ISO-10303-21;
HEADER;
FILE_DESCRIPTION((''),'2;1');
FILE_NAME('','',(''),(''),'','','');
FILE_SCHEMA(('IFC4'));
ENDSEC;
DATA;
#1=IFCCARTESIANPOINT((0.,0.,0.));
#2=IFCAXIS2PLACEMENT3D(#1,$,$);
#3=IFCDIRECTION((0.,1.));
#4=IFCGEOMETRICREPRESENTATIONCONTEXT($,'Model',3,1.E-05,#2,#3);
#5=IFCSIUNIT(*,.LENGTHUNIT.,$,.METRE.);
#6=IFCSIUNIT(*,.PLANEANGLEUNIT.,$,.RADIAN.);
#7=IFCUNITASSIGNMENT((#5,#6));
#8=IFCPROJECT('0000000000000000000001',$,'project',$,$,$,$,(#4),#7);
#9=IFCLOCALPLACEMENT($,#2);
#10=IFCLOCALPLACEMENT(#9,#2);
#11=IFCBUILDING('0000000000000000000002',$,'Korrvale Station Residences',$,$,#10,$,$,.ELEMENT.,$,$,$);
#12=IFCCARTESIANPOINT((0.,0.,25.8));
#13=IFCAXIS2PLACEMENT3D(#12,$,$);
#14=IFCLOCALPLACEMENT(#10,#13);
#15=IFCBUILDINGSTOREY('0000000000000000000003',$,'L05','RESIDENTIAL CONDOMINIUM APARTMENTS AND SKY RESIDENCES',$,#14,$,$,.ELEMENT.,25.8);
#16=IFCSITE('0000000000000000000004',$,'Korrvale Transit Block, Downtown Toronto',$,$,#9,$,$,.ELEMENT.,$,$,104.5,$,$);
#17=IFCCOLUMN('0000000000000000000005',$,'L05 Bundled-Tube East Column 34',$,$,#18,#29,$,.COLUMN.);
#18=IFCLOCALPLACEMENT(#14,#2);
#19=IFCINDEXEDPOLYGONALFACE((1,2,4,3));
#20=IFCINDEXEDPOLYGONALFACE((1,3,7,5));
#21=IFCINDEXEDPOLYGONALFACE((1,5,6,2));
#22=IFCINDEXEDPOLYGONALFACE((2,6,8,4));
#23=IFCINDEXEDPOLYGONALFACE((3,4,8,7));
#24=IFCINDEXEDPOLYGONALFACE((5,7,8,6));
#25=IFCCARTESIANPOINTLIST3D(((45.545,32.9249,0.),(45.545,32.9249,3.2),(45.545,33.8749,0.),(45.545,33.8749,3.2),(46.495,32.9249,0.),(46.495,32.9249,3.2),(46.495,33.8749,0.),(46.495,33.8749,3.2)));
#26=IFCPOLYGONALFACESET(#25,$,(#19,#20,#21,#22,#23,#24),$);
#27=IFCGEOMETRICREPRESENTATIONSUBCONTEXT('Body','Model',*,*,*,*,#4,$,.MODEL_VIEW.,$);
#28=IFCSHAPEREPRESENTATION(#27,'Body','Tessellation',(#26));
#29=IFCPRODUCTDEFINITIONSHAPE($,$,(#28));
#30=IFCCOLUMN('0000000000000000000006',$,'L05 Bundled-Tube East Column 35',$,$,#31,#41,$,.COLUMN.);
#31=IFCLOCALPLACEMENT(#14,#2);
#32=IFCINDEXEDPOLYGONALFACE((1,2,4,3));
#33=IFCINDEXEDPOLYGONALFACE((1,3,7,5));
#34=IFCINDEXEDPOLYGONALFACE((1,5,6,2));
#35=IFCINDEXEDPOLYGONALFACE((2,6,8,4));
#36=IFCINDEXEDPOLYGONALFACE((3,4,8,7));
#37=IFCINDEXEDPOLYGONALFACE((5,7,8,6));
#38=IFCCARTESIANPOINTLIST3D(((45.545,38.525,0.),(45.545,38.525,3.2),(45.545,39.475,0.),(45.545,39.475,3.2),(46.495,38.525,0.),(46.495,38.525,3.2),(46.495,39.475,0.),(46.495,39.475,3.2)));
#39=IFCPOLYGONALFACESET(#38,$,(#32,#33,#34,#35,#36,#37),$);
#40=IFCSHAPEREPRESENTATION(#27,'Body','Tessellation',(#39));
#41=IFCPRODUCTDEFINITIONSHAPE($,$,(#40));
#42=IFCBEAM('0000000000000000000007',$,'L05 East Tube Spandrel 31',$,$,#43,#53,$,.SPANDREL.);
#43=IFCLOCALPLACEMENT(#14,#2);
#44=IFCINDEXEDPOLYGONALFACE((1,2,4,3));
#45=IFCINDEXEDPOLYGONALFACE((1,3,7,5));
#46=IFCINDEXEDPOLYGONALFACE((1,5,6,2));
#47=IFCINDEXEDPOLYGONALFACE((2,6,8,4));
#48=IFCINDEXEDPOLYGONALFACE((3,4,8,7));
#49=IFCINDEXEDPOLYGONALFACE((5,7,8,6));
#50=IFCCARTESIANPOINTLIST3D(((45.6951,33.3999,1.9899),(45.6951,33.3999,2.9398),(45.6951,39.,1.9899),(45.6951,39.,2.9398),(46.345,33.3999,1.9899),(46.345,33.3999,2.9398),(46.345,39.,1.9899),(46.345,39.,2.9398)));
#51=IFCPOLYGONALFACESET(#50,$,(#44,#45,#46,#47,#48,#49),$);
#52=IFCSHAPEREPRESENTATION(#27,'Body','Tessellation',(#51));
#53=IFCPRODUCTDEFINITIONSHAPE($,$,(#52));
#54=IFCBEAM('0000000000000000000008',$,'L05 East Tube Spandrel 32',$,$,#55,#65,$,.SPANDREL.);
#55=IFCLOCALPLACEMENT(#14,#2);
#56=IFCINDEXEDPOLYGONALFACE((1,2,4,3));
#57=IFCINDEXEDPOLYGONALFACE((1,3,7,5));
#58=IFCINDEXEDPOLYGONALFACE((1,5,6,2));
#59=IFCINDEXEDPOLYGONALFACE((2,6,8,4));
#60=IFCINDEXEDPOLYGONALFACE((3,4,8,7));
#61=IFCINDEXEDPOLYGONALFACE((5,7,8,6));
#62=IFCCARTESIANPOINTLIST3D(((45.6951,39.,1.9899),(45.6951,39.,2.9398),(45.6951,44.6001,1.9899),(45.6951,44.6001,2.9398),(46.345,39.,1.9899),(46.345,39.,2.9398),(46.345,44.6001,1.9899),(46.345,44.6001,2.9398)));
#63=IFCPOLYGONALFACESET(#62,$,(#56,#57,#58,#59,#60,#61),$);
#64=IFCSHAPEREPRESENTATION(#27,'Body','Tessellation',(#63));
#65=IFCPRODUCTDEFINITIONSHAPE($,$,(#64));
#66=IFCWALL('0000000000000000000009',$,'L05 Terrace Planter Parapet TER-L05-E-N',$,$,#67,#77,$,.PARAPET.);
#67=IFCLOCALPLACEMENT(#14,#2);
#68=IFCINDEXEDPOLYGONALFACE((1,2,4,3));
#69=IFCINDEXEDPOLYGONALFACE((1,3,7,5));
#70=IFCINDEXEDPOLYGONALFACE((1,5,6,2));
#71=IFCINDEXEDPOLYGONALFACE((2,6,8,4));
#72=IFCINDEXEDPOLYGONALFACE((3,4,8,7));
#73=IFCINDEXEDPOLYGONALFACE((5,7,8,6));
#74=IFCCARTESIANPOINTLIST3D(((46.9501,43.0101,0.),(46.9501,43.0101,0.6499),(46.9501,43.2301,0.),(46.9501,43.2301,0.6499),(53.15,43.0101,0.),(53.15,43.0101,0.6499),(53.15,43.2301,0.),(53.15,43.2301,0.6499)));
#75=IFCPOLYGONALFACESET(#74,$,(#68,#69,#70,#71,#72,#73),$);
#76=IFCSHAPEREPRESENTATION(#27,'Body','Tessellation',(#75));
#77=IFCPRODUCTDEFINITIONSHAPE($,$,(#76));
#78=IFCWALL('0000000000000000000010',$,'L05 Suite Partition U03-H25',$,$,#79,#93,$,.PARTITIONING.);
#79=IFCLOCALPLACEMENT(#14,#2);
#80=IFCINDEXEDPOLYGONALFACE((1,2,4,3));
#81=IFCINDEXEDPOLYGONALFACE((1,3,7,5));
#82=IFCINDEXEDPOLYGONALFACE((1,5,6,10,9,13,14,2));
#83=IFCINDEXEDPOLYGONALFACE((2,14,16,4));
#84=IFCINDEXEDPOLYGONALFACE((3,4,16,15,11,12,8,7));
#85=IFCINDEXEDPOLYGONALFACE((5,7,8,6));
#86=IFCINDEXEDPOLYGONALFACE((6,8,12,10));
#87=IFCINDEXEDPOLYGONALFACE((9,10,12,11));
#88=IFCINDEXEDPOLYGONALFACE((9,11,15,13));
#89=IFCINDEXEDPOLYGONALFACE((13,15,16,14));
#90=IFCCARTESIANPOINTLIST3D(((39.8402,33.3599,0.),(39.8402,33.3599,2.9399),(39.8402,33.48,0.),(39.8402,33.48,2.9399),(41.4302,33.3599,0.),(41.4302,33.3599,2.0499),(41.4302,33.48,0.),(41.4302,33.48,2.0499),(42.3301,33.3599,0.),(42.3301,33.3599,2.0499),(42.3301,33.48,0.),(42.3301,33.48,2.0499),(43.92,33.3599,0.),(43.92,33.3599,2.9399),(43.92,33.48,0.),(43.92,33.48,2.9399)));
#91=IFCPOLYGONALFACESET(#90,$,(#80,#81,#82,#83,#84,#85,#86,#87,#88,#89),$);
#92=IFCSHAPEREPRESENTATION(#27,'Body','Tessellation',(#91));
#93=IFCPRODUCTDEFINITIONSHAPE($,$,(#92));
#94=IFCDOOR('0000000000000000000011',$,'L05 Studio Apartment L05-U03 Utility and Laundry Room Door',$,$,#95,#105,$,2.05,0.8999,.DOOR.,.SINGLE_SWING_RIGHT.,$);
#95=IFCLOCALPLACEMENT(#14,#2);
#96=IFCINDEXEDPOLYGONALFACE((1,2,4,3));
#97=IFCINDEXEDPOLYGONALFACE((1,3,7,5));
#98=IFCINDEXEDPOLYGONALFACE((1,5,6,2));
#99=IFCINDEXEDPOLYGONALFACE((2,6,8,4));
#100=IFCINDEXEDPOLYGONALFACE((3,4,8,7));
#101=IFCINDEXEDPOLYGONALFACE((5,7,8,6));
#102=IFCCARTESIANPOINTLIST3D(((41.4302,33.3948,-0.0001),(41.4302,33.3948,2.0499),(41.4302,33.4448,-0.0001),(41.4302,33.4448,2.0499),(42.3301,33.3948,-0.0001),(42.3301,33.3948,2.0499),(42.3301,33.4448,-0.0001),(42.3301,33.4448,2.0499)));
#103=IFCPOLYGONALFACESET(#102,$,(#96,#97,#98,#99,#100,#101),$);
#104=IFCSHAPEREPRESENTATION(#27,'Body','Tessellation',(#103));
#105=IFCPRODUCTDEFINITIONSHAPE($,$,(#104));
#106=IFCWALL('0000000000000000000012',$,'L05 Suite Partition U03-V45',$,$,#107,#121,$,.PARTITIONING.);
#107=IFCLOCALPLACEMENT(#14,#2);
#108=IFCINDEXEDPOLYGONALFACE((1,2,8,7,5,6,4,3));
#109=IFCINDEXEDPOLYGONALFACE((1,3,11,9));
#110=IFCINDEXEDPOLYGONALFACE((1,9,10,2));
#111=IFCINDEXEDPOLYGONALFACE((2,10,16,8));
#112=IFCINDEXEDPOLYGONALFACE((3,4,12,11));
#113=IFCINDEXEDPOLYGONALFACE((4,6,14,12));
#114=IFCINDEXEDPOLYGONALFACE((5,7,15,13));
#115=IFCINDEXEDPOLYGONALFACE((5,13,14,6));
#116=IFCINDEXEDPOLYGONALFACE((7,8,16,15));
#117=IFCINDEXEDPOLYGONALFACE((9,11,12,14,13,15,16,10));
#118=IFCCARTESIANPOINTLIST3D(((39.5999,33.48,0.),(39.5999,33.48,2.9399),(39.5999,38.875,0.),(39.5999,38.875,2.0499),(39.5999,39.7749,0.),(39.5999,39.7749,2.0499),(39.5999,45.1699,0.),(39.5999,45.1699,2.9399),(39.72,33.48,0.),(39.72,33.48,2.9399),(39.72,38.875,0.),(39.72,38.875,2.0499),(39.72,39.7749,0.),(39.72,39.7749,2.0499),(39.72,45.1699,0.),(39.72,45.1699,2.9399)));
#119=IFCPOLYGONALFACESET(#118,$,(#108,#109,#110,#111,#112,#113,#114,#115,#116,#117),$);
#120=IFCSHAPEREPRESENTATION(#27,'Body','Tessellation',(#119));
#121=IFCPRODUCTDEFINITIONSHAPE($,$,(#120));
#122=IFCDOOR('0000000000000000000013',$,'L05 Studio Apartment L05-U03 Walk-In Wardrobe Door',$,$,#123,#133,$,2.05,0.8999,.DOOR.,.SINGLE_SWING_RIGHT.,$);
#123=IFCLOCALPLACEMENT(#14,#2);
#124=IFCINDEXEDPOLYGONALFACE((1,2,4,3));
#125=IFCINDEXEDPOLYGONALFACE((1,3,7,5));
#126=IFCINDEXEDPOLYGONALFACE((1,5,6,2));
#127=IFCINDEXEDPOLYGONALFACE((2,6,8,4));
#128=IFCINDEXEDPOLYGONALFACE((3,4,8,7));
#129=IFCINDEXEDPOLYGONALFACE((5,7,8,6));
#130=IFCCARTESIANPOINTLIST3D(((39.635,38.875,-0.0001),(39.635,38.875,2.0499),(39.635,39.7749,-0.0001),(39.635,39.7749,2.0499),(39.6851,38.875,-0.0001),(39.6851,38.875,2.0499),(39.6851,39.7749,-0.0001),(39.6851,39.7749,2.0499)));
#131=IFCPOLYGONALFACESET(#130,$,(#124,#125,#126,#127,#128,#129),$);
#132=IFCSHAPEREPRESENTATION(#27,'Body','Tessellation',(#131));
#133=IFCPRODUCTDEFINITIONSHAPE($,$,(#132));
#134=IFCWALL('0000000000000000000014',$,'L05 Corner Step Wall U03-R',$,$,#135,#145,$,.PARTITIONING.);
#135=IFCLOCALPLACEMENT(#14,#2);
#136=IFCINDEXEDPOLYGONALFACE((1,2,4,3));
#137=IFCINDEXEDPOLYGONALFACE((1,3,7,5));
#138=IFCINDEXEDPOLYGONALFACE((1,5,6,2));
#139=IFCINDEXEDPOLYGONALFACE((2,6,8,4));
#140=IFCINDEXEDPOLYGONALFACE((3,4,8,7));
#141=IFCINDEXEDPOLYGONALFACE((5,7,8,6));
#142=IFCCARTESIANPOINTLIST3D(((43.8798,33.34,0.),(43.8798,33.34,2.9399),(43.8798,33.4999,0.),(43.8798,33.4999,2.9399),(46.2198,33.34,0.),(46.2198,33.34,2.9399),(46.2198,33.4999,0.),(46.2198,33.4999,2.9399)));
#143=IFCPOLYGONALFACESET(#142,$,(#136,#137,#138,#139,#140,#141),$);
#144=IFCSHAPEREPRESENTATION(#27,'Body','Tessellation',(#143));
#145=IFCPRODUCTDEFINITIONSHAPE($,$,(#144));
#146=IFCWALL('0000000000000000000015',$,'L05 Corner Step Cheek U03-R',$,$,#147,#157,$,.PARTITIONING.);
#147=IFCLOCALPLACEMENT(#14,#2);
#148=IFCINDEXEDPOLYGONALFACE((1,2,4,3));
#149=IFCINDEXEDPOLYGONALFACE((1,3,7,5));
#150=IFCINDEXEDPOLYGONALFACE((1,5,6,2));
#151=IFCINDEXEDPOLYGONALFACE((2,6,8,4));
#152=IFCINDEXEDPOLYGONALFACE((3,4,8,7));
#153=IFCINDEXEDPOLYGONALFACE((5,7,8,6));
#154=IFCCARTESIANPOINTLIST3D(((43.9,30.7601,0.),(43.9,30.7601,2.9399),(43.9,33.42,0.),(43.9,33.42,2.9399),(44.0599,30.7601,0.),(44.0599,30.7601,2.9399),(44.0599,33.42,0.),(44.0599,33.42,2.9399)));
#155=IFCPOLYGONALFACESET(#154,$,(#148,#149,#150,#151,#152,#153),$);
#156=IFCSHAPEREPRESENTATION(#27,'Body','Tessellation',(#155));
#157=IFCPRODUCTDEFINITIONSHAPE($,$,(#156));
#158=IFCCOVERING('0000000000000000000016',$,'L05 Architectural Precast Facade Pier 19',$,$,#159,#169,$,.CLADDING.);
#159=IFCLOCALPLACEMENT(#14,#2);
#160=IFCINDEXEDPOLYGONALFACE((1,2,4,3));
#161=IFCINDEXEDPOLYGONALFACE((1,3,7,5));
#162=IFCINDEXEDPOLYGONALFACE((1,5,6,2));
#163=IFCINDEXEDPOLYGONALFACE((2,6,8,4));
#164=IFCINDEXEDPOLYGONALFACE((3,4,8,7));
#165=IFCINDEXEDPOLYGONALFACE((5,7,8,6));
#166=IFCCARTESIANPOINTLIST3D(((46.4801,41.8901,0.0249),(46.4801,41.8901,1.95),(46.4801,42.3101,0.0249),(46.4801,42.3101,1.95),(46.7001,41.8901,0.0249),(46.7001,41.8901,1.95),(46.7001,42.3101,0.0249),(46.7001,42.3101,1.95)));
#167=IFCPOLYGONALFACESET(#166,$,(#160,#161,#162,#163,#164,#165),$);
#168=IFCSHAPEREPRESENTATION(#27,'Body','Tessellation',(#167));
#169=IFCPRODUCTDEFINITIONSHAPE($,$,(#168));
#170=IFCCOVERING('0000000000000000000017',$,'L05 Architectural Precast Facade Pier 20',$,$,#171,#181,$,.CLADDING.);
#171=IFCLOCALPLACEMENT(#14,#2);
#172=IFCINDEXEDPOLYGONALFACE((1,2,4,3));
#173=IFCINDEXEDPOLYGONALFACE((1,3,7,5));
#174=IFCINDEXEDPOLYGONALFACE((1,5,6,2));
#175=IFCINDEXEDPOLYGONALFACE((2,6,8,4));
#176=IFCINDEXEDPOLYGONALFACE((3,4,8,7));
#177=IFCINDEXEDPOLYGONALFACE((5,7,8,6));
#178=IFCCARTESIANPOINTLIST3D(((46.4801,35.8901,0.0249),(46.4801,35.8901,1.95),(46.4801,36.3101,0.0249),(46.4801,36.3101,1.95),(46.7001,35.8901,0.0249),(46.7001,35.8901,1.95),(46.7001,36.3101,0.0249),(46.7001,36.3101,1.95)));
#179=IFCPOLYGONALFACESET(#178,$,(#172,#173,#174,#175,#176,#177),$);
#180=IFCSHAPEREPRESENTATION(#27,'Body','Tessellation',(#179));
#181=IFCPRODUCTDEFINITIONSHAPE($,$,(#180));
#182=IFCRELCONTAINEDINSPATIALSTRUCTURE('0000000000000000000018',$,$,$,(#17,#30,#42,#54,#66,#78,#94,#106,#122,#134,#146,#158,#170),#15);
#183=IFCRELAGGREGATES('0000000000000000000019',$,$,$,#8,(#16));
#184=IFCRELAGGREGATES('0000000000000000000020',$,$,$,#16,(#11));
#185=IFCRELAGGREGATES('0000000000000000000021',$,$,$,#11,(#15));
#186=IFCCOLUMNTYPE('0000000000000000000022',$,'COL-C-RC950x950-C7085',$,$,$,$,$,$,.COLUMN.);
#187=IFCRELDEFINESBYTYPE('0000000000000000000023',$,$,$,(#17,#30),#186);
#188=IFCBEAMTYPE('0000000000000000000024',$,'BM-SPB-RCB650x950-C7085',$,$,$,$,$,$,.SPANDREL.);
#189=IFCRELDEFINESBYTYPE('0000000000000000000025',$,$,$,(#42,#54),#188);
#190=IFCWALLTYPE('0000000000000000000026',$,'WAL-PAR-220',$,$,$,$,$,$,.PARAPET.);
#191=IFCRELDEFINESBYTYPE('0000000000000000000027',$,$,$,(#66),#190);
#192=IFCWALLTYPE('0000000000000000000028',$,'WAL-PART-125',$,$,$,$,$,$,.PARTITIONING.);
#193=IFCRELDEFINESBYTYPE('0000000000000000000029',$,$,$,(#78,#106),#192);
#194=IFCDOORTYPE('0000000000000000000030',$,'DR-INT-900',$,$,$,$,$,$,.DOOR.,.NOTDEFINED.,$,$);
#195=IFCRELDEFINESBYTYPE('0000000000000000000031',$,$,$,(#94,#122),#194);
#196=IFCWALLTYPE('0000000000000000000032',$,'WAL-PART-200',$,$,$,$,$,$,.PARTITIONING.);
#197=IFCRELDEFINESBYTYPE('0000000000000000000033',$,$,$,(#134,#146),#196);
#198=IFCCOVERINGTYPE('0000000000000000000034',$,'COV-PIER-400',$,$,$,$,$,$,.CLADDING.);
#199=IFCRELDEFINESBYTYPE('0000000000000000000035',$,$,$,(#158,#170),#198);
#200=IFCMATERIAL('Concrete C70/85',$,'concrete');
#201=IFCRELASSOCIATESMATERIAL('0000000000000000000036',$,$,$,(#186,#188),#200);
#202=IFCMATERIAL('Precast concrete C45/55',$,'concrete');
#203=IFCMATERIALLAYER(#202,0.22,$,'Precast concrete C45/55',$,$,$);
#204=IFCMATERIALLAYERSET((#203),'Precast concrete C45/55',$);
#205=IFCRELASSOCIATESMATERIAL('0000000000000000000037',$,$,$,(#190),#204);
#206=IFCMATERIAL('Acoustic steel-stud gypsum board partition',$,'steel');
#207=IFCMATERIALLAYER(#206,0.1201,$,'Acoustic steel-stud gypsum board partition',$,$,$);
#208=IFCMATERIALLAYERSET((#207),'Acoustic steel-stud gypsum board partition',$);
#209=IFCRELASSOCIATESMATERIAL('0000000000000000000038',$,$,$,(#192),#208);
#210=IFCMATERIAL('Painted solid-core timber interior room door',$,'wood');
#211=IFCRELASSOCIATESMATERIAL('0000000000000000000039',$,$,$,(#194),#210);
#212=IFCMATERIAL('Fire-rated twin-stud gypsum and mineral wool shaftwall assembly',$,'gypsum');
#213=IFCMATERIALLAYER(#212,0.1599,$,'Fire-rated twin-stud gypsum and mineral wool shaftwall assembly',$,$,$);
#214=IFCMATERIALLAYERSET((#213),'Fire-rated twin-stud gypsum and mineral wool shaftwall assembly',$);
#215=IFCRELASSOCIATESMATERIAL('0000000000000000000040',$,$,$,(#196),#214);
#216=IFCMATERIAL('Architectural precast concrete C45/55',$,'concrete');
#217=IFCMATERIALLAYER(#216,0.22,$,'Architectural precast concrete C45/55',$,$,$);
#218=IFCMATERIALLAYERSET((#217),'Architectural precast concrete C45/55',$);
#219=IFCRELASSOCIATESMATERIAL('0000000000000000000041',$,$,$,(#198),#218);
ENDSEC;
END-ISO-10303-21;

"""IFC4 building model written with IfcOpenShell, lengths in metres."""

from ifc_helpers import new_model, si_unit, direction, frame, frame_2d, origin, origin_2d, place, context, subcontext, project, spatial, rectangle, extrude, material, layer, layer_set, material_profile, profile_set, type_object, element, fill, save


model = new_model("IFC4")

# Units and contexts
model_context = context("Model", 3, precision=1e-05, world=origin(), true_north=direction((0.0, 1.0)))
body_context = subcontext(model_context, "Body", "Model", "MODEL_VIEW")
ifc_project = project(units=[si_unit("LENGTHUNIT", "METRE"), si_unit("PLANEANGLEUNIT", "RADIAN")], contexts=[model_context])

# Site, building, storey
site_placement = place(None, origin())
site = spatial("IfcSite", under=ifc_project, at=site_placement, Name="Korrvale Transit Block, Downtown Toronto", CompositionType="ELEMENT", RefElevation=104.5)
building_placement = place(site_placement, origin())
building = spatial("IfcBuilding", under=site, at=building_placement, Name="Korrvale Station Residences", CompositionType="ELEMENT")
storey_placement = place(building_placement, frame((0.0, 0.0, 25.8)))
storey = spatial("IfcBuildingStorey", under=building, at=storey_placement, Name="L05", Description="RESIDENTIAL CONDOMINIUM APARTMENTS AND SKY RESIDENCES", CompositionType="ELEMENT", Elevation=25.8)

# Columns
ifc_material_1 = material(Name="Concrete C70/85", Category="concrete")
ifc_material_profile_1 = material_profile(ifc_material_1, rectangle(XDim=0.95, YDim=0.95, at=origin_2d()), Name="RC950x950")
ifc_profile_set_1 = profile_set([ifc_material_profile_1], Name="Concrete C70/85")
column_type = type_object("IfcColumnType", Name="COL-C-RC950x950-C7085", PredefinedType="COLUMN", material=ifc_profile_set_1)
for number, where, z_axis, x_axis, name in (
    (1, (46.02, 33.3999, 0.0), (0.0, 0.0, 1.0), (1.0, 0.0, 0.0), "L05 Bundled-Tube East Column 34"),
    (2, (46.02, 39.0, 0.0), (0.0, 0.0, 1.0), (1.0, 0.0, 0.0), "L05 Bundled-Tube East Column 35"),
):
    element("IfcColumn", number, at=place(storey_placement, frame(where, z_axis=z_axis, x_axis=x_axis)), inside=storey, type_object=column_type, Name=name, PredefinedType="COLUMN", context=body_context, shape_type="SweptSolid", body=[
        extrude(rectangle(XDim=0.95, YDim=0.95, at=origin_2d()), origin(), (0.0, 0.0, 1.0), 3.2),
    ])

# Beams
ifc_material_profile_2 = material_profile(ifc_material_1, rectangle(XDim=0.6499, YDim=0.95, at=origin_2d()), Name="RCB650x950")
ifc_profile_set_2 = profile_set([ifc_material_profile_2], Name="Concrete C70/85")
beam_type = type_object("IfcBeamType", Name="BM-SPB-RCB650x950-C7085", PredefinedType="SPANDREL", material=ifc_profile_set_2)
for number, where, z_axis, x_axis, name in (
    (3, (46.02, 33.3999, 2.4648), (0.0, 1.0, 0.0), (-1.0, 0.0, 0.0), "L05 East Tube Spandrel 31"),
    (4, (46.02, 39.0, 2.4648), (0.0, 1.0, 0.0), (-1.0, 0.0, 0.0), "L05 East Tube Spandrel 32"),
):
    element("IfcBeam", number, at=place(storey_placement, frame(where, z_axis=z_axis, x_axis=x_axis)), inside=storey, type_object=beam_type, Name=name, PredefinedType="SPANDREL", context=body_context, shape_type="SweptSolid", body=[
        extrude(rectangle(XDim=0.6499, YDim=0.95, at=origin_2d()), origin(), (0.0, 0.0, 1.0), 5.6001),
    ])

# Wall
ifc_material_2 = material(Name="Precast concrete C45/55", Category="concrete")
ifc_layer_1 = layer(ifc_material_2, 0.22, Name="Precast concrete C45/55")
ifc_layer_set_1 = layer_set([ifc_layer_1], Name="Precast concrete C45/55")
wall_type_1 = type_object("IfcWallType", Name="WAL-PAR-220", PredefinedType="PARAPET", material=ifc_layer_set_1)
wall_1_placement = place(storey_placement, frame((46.95, 43.1201, 0.0), z_axis=(0.0, 0.0, 1.0), x_axis=(1.0, 0.0, 0.0)))
element("IfcWall", 5, at=wall_1_placement, inside=storey, type_object=wall_type_1, Name="L05 Terrace Planter Parapet TER-L05-E-N", PredefinedType="PARAPET", context=body_context, shape_type="SweptSolid", body=[
    extrude(rectangle(XDim=6.2, YDim=0.22, at=frame_2d((3.1001, 0.0))), origin(), (0.0, 0.0, 1.0), 0.6499),
])

# Walls, openings, doors
ifc_material_3 = material(Name="Acoustic steel-stud gypsum board partition", Category="steel")
ifc_layer_2 = layer(ifc_material_3, 0.1201, Name="Acoustic steel-stud gypsum board partition")
ifc_layer_set_2 = layer_set([ifc_layer_2], Name="Acoustic steel-stud gypsum board partition")
wall_type_2 = type_object("IfcWallType", Name="WAL-PART-125", PredefinedType="PARTITIONING", material=ifc_layer_set_2)
wall_2_placement = place(storey_placement, frame((39.8401, 33.4199, 0.0), z_axis=(0.0, 0.0, 1.0), x_axis=(1.0, 0.0, 0.0)))
wall_2 = element("IfcWall", 6, at=wall_2_placement, inside=storey, type_object=wall_type_2, Name="L05 Suite Partition U03-H25", PredefinedType="PARTITIONING", context=body_context, shape_type="SweptSolid", body=[
    extrude(rectangle(XDim=4.0798, YDim=0.1201, at=frame_2d((2.04, 0.0))), origin(), (0.0, 0.0, 1.0), 2.9399),
])
opening_1_placement = place(wall_2_placement, frame((1.5901, 0.0, 0.0)))
opening_1 = element("IfcOpeningElement", 7, at=opening_1_placement, cuts=wall_2, PredefinedType="OPENING", context=body_context, shape_type="SweptSolid", body=[
    extrude(rectangle(XDim=0.8999, YDim=2.05, at=frame_2d((0.45, 1.0249))), frame((0.0, 0.0701, 0.0), z_axis=(0.0, -1.0, 0.0), x_axis=(1.0, 0.0, 0.0)), (0.0, 0.0, 1.0), 0.1401),
])
ifc_material_4 = material(Name="Painted solid-core timber interior room door", Category="wood")
door_type = type_object("IfcDoorType", Name="DR-INT-900", OperationType="NOTDEFINED", PredefinedType="DOOR", material=ifc_material_4)
door_1_placement = place(opening_1_placement, origin())
door_1 = element("IfcDoor", 8, at=door_1_placement, inside=storey, type_object=door_type, Name="L05 Studio Apartment L05-U03 Utility and Laundry Room Door", OperationType="SINGLE_SWING_RIGHT", OverallHeight=2.05, OverallWidth=0.8999, PredefinedType="DOOR", context=body_context, shape_type="SweptSolid", body=[
    extrude(rectangle(XDim=0.8999, YDim=2.05, at=frame_2d((0.45, 1.0249))), frame((0.0, 0.0249, 0.0), z_axis=(0.0, -1.0, 0.0), x_axis=(1.0, 0.0, 0.0)), (0.0, 0.0, 1.0), 0.05),
])
fill(opening_1, door_1)
wall_3_placement = place(storey_placement, frame((39.6599, 33.48, 0.0), z_axis=(0.0, 0.0, 1.0), x_axis=(0.0, 1.0, 0.0)))
wall_3 = element("IfcWall", 9, at=wall_3_placement, inside=storey, type_object=wall_type_2, Name="L05 Suite Partition U03-V45", PredefinedType="PARTITIONING", context=body_context, shape_type="SweptSolid", body=[
    extrude(rectangle(XDim=11.6899, YDim=0.1201, at=frame_2d((5.845, 0.0))), origin(), (0.0, 0.0, 1.0), 2.9399),
])
opening_2_placement = place(wall_3_placement, frame((5.395, 0.0, 0.0)))
opening_2 = element("IfcOpeningElement", 10, at=opening_2_placement, cuts=wall_3, PredefinedType="OPENING", context=body_context, shape_type="SweptSolid", body=[
    extrude(rectangle(XDim=0.8999, YDim=2.05, at=frame_2d((0.45, 1.0249))), frame((0.0, 0.0701, 0.0), z_axis=(0.0, -1.0, 0.0), x_axis=(1.0, 0.0, 0.0)), (0.0, 0.0, 1.0), 0.1401),
])
door_2_placement = place(opening_2_placement, origin())
door_2 = element("IfcDoor", 11, at=door_2_placement, inside=storey, type_object=door_type, Name="L05 Studio Apartment L05-U03 Walk-In Wardrobe Door", OperationType="SINGLE_SWING_RIGHT", OverallHeight=2.05, OverallWidth=0.8999, PredefinedType="DOOR", context=body_context, shape_type="SweptSolid", body=[
    extrude(rectangle(XDim=0.8999, YDim=2.05, at=frame_2d((0.45, 1.0249))), frame((0.0, 0.0249, 0.0), z_axis=(0.0, -1.0, 0.0), x_axis=(1.0, 0.0, 0.0)), (0.0, 0.0, 1.0), 0.05),
])
fill(opening_2, door_2)

# Walls
ifc_material_5 = material(Name="Fire-rated twin-stud gypsum and mineral wool shaftwall assembly", Category="gypsum")
ifc_layer_3 = layer(ifc_material_5, 0.1599, Name="Fire-rated twin-stud gypsum and mineral wool shaftwall assembly")
ifc_layer_set_3 = layer_set([ifc_layer_3], Name="Fire-rated twin-stud gypsum and mineral wool shaftwall assembly")
wall_type_3 = type_object("IfcWallType", Name="WAL-PART-200", PredefinedType="PARTITIONING", material=ifc_layer_set_3)
wall_4_placement = place(storey_placement, frame((43.8799, 33.4199, 0.0), z_axis=(0.0, 0.0, 1.0), x_axis=(1.0, 0.0, 0.0)))
element("IfcWall", 12, at=wall_4_placement, inside=storey, type_object=wall_type_3, Name="L05 Corner Step Wall U03-R", PredefinedType="PARTITIONING", context=body_context, shape_type="SweptSolid", body=[
    extrude(rectangle(XDim=2.3401, YDim=0.1599, at=frame_2d((1.1699, 0.0))), origin(), (0.0, 0.0, 1.0), 2.9399),
])
wall_5_placement = place(storey_placement, frame((43.98, 30.76, 0.0), z_axis=(0.0, 0.0, 1.0), x_axis=(0.0, 1.0, 0.0)))
element("IfcWall", 13, at=wall_5_placement, inside=storey, type_object=wall_type_3, Name="L05 Corner Step Cheek U03-R", PredefinedType="PARTITIONING", context=body_context, shape_type="SweptSolid", body=[
    extrude(rectangle(XDim=2.6599, YDim=0.1599, at=frame_2d((1.3301, 0.0))), origin(), (0.0, 0.0, 1.0), 2.9399),
])

# Coverings
ifc_material_6 = material(Name="Architectural precast concrete C45/55", Category="concrete")
ifc_layer_4 = layer(ifc_material_6, 0.22, Name="Architectural precast concrete C45/55")
ifc_layer_set_4 = layer_set([ifc_layer_4], Name="Architectural precast concrete C45/55")
covering_type = type_object("IfcCoveringType", Name="COV-PIER-400", PredefinedType="CLADDING", material=ifc_layer_set_4)
for number, where, z_axis, x_axis, name in (
    (14, (46.5901, 42.1001, 0.0249), (0.0, 0.0, 1.0), (0.0, 1.0, 0.0), "L05 Architectural Precast Facade Pier 19"),
    (15, (46.5901, 36.1001, 0.0249), (0.0, 0.0, 1.0), (0.0, 1.0, 0.0), "L05 Architectural Precast Facade Pier 20"),
):
    element("IfcCovering", number, at=place(storey_placement, frame(where, z_axis=z_axis, x_axis=x_axis)), inside=storey, type_object=covering_type, Name=name, PredefinedType="CLADDING", context=body_context, shape_type="SweptSolid", body=[
        extrude(rectangle(XDim=0.4199, YDim=0.22, at=origin_2d()), origin(), (0.0, 0.0, 1.0), 1.925),
    ])

save(model, "model.ifc")
